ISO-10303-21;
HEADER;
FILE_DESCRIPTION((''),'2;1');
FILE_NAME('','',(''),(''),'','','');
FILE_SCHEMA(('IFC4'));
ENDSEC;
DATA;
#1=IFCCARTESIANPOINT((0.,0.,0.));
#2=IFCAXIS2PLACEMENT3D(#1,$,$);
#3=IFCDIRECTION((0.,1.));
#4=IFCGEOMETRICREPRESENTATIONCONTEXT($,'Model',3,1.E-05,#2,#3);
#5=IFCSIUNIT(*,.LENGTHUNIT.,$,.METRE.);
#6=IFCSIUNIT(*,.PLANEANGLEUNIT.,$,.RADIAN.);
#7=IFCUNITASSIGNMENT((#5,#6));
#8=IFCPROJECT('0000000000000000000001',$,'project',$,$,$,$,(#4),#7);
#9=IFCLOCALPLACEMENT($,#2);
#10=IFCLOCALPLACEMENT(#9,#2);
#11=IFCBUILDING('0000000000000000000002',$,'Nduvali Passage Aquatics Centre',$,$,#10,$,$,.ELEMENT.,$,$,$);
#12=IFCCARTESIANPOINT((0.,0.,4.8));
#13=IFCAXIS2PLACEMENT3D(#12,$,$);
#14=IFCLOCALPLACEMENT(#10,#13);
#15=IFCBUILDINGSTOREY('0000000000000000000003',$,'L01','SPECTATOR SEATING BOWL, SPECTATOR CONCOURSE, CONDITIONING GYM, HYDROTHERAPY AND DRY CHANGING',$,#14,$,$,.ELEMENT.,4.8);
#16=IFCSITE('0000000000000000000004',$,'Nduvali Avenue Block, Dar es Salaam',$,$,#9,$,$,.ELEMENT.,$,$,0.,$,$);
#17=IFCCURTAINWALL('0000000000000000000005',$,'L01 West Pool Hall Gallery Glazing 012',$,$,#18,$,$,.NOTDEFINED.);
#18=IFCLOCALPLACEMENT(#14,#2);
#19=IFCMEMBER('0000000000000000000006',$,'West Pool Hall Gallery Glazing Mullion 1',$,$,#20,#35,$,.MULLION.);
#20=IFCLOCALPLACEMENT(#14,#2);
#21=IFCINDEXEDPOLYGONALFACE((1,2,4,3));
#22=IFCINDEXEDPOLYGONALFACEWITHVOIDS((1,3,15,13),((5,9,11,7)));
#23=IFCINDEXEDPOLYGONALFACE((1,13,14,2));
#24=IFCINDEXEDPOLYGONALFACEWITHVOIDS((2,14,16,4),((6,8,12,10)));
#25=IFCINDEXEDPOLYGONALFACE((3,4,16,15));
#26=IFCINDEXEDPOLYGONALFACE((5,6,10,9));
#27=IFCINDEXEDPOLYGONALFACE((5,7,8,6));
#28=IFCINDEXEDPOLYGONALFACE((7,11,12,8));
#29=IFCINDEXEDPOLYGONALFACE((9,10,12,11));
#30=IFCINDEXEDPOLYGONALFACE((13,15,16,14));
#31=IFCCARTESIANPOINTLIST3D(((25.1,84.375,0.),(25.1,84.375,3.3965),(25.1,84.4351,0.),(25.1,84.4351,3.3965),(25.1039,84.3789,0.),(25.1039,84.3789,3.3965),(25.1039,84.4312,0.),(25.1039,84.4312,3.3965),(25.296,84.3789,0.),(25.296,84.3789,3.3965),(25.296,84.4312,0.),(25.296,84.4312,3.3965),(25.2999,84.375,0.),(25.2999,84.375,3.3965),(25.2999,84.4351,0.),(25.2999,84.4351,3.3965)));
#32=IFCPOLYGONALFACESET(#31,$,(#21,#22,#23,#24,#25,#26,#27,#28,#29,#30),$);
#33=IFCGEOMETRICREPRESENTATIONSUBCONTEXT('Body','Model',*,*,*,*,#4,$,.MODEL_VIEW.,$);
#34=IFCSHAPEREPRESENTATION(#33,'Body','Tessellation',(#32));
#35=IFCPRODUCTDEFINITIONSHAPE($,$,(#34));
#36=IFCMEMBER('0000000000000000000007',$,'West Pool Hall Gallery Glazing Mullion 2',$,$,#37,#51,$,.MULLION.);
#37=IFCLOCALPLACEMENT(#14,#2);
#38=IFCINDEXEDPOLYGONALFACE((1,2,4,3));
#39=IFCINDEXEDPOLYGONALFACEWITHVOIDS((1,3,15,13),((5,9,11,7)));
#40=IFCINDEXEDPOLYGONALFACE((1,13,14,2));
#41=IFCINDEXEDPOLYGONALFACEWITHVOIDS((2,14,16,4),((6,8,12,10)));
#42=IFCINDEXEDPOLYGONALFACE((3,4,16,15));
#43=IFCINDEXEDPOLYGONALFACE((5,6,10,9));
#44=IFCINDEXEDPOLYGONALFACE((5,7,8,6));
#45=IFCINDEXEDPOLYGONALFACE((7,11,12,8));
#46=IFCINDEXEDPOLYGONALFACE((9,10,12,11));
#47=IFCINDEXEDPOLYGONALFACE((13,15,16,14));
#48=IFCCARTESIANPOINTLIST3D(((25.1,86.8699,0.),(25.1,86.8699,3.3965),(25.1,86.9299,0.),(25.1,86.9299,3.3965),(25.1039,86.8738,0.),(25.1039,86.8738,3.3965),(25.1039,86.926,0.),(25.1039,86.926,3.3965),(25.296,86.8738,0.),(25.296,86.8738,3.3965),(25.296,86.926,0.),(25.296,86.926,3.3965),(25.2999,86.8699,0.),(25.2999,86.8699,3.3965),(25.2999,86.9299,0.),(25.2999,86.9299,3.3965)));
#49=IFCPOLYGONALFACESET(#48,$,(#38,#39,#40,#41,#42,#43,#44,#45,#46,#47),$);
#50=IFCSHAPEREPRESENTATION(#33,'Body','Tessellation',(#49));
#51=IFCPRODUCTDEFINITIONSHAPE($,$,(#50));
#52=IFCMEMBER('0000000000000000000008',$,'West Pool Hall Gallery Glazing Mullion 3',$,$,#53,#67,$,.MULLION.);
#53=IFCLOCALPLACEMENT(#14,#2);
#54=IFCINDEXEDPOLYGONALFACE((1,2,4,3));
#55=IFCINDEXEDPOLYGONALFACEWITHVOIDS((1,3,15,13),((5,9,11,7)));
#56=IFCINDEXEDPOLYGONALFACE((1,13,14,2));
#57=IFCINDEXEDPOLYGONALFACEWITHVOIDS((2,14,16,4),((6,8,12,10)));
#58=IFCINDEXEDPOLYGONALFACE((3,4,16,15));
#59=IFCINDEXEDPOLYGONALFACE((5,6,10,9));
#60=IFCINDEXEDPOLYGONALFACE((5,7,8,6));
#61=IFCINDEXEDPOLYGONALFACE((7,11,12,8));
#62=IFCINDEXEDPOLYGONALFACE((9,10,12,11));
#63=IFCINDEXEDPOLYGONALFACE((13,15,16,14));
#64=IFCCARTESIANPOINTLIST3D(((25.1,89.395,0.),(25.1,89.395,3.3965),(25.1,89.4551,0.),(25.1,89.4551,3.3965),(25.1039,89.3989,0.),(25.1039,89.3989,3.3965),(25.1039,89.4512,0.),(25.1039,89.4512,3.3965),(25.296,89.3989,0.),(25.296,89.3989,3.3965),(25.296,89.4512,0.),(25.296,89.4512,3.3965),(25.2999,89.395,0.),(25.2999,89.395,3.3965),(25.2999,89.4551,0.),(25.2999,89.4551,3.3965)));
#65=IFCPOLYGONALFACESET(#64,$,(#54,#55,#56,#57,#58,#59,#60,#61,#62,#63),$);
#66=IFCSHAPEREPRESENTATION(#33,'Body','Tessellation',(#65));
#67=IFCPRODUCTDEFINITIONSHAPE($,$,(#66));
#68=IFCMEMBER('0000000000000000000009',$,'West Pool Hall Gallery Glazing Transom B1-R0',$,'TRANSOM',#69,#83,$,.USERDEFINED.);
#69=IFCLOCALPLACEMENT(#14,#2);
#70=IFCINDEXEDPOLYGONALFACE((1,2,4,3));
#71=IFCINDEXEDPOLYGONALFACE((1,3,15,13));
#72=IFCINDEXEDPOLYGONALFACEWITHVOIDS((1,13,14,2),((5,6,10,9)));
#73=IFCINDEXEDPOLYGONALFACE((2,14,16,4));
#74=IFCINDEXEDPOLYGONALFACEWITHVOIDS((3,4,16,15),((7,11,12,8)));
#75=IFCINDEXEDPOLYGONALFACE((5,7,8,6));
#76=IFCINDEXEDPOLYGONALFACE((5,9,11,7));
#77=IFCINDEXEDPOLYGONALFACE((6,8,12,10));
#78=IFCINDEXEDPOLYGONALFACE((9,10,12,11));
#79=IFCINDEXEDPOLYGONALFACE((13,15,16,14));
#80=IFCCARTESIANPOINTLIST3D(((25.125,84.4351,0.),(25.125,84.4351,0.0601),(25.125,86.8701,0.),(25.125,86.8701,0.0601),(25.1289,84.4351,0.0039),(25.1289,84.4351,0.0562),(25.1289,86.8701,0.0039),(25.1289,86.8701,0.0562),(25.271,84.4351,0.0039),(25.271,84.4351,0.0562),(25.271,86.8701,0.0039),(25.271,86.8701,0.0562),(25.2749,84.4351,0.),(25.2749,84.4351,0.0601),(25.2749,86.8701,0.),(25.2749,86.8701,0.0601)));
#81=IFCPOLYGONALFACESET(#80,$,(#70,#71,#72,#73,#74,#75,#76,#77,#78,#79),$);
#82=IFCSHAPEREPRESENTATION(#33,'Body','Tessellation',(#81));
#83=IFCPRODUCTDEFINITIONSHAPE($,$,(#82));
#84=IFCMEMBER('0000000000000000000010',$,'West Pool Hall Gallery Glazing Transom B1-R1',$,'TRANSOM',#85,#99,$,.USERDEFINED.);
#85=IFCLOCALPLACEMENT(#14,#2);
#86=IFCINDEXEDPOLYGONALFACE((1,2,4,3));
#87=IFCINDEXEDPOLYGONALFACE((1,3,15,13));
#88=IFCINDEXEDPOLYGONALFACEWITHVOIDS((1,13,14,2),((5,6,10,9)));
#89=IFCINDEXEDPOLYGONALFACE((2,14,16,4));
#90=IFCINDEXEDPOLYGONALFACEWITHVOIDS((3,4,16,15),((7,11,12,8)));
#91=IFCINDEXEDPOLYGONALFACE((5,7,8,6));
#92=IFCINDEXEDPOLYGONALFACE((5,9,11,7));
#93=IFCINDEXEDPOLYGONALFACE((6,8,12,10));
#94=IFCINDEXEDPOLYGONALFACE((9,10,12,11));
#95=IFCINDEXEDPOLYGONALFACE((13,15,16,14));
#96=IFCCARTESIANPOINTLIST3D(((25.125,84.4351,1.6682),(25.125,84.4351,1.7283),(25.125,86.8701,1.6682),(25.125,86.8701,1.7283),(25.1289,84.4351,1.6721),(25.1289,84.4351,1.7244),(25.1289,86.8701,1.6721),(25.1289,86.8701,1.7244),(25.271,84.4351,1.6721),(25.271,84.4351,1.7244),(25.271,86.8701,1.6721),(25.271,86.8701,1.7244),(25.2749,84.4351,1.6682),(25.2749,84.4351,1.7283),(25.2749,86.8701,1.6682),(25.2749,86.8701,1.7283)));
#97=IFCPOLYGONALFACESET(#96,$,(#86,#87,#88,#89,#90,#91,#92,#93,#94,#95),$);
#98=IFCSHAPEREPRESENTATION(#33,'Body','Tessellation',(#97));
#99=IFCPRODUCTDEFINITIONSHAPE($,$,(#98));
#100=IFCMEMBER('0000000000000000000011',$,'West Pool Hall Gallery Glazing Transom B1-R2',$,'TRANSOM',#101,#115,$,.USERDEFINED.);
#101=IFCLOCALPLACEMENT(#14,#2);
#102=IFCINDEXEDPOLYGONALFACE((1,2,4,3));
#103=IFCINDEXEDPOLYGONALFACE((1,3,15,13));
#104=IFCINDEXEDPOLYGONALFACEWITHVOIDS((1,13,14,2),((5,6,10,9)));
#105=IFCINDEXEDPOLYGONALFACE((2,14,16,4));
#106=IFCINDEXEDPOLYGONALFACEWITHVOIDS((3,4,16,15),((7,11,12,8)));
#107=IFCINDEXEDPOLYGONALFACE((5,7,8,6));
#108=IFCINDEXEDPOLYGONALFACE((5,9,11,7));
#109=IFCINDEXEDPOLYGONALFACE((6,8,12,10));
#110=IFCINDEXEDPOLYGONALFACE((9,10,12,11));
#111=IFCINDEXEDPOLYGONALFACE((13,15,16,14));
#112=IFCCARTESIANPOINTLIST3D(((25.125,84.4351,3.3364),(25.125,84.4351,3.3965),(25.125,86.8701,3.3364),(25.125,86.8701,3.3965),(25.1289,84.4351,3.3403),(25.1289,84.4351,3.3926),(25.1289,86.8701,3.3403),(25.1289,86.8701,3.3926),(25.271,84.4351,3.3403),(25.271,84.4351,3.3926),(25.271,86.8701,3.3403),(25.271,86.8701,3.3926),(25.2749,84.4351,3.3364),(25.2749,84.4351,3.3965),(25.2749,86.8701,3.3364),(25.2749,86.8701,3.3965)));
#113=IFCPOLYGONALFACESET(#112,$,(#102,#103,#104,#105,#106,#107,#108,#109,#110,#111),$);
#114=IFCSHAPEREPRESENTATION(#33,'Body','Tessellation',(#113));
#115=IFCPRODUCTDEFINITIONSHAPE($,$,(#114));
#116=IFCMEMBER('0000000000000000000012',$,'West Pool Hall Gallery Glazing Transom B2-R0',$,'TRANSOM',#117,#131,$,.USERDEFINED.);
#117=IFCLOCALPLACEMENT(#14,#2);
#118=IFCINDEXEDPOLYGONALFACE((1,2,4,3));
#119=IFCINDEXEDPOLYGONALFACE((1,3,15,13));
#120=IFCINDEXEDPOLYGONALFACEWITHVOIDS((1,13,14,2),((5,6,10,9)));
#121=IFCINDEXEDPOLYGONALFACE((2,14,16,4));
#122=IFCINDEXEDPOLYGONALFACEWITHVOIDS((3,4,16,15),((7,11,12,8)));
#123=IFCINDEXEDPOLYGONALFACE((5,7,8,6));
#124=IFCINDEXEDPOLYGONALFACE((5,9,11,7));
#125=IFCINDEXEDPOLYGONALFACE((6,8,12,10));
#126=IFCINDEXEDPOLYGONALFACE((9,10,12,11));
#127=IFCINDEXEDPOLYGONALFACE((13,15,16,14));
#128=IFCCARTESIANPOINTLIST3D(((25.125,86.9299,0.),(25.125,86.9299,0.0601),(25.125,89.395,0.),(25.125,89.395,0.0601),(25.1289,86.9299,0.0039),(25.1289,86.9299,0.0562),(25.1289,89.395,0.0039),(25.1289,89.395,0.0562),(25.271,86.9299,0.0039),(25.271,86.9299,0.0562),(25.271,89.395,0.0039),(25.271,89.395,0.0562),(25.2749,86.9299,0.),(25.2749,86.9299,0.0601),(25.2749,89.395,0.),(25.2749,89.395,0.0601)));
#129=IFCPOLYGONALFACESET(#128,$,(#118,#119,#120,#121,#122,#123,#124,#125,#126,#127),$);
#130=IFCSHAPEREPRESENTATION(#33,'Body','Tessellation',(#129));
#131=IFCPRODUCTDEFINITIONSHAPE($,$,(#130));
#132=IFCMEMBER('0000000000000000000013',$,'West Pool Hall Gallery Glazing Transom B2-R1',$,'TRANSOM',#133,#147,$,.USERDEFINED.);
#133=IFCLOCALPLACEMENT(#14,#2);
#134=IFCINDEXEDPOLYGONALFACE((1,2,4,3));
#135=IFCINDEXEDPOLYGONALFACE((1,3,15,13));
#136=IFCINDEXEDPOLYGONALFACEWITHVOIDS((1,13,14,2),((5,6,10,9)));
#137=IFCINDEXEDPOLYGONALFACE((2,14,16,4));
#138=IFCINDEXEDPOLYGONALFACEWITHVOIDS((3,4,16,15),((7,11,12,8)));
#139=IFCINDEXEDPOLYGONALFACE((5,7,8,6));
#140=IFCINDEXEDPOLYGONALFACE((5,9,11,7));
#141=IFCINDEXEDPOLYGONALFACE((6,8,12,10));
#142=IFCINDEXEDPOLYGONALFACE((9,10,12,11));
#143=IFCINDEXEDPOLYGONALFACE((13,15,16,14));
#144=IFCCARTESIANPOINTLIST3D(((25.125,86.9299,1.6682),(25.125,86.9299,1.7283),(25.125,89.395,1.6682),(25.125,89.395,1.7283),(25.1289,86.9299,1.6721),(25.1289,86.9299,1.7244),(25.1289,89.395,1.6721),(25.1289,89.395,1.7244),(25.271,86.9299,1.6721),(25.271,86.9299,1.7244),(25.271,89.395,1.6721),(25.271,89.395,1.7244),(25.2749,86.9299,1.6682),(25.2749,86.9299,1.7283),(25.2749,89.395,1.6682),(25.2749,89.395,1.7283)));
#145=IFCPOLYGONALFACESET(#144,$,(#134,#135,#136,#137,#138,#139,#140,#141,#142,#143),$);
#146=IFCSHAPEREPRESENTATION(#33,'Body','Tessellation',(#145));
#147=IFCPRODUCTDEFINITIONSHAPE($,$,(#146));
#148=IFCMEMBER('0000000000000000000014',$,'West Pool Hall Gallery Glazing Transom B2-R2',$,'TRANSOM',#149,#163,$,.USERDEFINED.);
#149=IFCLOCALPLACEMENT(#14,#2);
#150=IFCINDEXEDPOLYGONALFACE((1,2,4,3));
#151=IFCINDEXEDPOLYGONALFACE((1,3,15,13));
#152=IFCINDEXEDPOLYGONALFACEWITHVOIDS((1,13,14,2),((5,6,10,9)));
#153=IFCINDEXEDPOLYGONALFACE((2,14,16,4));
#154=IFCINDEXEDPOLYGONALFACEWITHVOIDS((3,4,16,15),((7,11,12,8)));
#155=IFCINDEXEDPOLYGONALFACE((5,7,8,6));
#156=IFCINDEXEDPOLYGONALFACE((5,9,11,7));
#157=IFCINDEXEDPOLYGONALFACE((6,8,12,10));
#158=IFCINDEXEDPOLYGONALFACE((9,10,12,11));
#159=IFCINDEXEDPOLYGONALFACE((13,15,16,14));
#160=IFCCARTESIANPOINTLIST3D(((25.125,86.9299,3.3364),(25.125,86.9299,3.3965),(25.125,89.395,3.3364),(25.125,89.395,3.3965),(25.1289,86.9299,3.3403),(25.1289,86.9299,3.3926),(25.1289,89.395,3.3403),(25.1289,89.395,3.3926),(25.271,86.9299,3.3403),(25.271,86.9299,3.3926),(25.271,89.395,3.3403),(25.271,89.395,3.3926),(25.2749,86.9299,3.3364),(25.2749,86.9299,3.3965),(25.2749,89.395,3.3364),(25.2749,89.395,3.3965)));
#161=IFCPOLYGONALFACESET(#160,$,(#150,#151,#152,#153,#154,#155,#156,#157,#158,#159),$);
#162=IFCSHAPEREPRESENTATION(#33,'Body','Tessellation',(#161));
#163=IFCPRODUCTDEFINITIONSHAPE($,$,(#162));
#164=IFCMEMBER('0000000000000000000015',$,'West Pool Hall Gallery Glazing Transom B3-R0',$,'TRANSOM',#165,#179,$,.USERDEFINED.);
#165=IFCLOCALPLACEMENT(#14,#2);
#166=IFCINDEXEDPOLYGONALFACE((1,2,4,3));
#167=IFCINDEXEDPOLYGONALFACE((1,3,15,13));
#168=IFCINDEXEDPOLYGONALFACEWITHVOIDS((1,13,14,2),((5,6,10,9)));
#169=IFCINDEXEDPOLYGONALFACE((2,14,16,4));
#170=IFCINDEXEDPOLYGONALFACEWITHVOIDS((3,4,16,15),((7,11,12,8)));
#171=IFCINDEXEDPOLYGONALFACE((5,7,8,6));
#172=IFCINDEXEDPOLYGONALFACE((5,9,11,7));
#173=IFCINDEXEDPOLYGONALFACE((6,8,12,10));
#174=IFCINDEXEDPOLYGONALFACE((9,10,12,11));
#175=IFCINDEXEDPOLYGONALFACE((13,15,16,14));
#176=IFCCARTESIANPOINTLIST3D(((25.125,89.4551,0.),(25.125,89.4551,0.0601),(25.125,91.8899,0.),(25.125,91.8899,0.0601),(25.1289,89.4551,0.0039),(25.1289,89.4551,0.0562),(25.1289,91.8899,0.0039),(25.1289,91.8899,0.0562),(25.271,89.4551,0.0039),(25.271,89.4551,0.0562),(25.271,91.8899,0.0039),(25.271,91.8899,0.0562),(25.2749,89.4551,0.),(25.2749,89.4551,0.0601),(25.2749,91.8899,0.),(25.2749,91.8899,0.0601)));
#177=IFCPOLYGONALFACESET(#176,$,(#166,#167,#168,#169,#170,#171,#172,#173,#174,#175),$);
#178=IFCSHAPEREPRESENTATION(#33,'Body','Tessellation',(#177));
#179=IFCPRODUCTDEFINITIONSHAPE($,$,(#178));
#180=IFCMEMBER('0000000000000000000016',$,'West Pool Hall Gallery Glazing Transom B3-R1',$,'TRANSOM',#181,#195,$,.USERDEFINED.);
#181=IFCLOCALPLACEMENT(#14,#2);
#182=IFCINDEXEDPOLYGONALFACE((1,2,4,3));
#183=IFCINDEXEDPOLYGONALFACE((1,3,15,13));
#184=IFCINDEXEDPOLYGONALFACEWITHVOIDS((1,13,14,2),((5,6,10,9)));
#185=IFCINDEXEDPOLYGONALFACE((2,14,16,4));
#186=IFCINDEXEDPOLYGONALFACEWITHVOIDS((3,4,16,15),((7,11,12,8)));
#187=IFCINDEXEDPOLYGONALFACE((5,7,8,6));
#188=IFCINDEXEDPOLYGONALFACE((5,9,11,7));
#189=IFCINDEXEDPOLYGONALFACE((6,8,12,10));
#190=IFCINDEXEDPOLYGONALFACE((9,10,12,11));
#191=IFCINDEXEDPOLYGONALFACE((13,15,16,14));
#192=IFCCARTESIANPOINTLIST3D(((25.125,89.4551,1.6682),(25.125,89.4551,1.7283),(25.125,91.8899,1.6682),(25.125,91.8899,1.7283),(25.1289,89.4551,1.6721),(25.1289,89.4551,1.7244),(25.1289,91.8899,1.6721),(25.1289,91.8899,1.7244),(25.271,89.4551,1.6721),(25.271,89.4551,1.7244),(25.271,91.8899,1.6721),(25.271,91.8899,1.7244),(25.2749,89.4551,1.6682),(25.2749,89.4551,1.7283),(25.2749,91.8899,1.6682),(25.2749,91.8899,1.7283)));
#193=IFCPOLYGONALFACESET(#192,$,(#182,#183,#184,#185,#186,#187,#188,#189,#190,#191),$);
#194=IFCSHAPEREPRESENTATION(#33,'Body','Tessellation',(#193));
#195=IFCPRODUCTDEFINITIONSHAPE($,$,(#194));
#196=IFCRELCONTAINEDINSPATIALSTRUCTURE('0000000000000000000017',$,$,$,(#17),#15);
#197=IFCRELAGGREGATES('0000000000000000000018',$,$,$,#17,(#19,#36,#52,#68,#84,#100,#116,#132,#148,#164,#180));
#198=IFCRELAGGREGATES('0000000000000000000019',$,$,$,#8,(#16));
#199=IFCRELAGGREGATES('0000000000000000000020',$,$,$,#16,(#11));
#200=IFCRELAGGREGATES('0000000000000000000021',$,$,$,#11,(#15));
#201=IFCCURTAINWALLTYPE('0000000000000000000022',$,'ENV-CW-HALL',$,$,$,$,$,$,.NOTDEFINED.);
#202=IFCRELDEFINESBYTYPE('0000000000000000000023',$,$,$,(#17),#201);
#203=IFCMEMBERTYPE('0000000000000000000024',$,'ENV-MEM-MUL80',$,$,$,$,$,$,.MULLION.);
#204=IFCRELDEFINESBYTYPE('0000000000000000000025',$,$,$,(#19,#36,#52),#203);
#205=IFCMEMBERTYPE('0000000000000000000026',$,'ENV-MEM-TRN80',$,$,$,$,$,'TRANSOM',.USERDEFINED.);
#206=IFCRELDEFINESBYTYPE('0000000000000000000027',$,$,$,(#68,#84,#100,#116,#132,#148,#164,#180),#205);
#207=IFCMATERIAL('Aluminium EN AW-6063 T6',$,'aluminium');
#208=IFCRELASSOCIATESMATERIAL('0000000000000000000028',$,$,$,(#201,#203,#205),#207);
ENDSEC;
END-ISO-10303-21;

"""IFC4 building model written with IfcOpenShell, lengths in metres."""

from ifc_helpers import new_model, si_unit, direction, frame, origin, origin_2d, place, context, subcontext, project, spatial, hollow_rectangle, extrude, material, material_profile, profile_set, type_object, element, aggregate, save


model = new_model("IFC4")

# Units and contexts
model_context = context("Model", 3, precision=1e-05, world=origin(), true_north=direction((0.0, 1.0)))
body_context = subcontext(model_context, "Body", "Model", "MODEL_VIEW")
ifc_project = project(units=[si_unit("LENGTHUNIT", "METRE"), si_unit("PLANEANGLEUNIT", "RADIAN")], contexts=[model_context])

# Site, building, storey
site_placement = place(None, origin())
site = spatial("IfcSite", under=ifc_project, at=site_placement, Name="Nduvali Avenue Block, Dar es Salaam", CompositionType="ELEMENT", RefElevation=0.0)
building_placement = place(site_placement, origin())
building = spatial("IfcBuilding", under=site, at=building_placement, Name="Nduvali Passage Aquatics Centre", CompositionType="ELEMENT")
storey_placement = place(building_placement, frame((0.0, 0.0, 4.8)))
storey = spatial("IfcBuildingStorey", under=building, at=storey_placement, Name="L01", Description="SPECTATOR SEATING BOWL, SPECTATOR CONCOURSE, CONDITIONING GYM, HYDROTHERAPY AND DRY CHANGING", CompositionType="ELEMENT", Elevation=4.8)

# Curtain wall, members
ifc_material_1 = material(Name="Aluminium EN AW-6063 T6", Category="aluminium")
curtain_wall_type = type_object("IfcCurtainWallType", Name="ENV-CW-HALL", PredefinedType="NOTDEFINED", material=ifc_material_1)
curtain_wall_placement = place(storey_placement, origin())
curtain_wall = element("IfcCurtainWall", 1, at=curtain_wall_placement, inside=storey, type_object=curtain_wall_type, Name="L01 West Pool Hall Gallery Glazing 012", PredefinedType="NOTDEFINED")
ifc_material_profile_1 = material_profile(ifc_material_1, hollow_rectangle(XDim=0.0601, YDim=0.2, WallThickness=0.0039, at=origin_2d()), Name="ALU MULLION 60x200x4")
ifc_profile_set_1 = profile_set([ifc_material_profile_1], Name="Aluminium EN AW-6063 T6")
member_type_1 = type_object("IfcMemberType", Name="ENV-MEM-MUL80", PredefinedType="MULLION", material=ifc_profile_set_1)
member_1_placement = place(storey_placement, frame((25.2, 84.405, 0.0), z_axis=(0.0, 0.0, 1.0), x_axis=(0.0, 1.0, 0.0)))
member_1 = element("IfcMember", 2, at=member_1_placement, type_object=member_type_1, Name="West Pool Hall Gallery Glazing Mullion 1", PredefinedType="MULLION", context=body_context, shape_type="SweptSolid", body=[
    extrude(hollow_rectangle(XDim=0.0601, YDim=0.2, WallThickness=0.0039, at=origin_2d()), origin(), (0.0, 0.0, 1.0), 3.3965),
])
member_2_placement = place(storey_placement, frame((25.2, 86.8999, 0.0), z_axis=(0.0, 0.0, 1.0), x_axis=(0.0, 1.0, 0.0)))
member_2 = element("IfcMember", 3, at=member_2_placement, type_object=member_type_1, Name="West Pool Hall Gallery Glazing Mullion 2", PredefinedType="MULLION", context=body_context, shape_type="SweptSolid", body=[
    extrude(hollow_rectangle(XDim=0.0601, YDim=0.2, WallThickness=0.0039, at=origin_2d()), origin(), (0.0, 0.0, 1.0), 3.3965),
])
member_3_placement = place(storey_placement, frame((25.2, 89.425, 0.0), z_axis=(0.0, 0.0, 1.0), x_axis=(0.0, 1.0, 0.0)))
member_3 = element("IfcMember", 4, at=member_3_placement, type_object=member_type_1, Name="West Pool Hall Gallery Glazing Mullion 3", PredefinedType="MULLION", context=body_context, shape_type="SweptSolid", body=[
    extrude(hollow_rectangle(XDim=0.0601, YDim=0.2, WallThickness=0.0039, at=origin_2d()), origin(), (0.0, 0.0, 1.0), 3.3965),
])
ifc_material_profile_2 = material_profile(ifc_material_1, hollow_rectangle(XDim=0.1499, YDim=0.0601, WallThickness=0.0039, at=origin_2d()), Name="ALU TRANSOM 150x60x4")
ifc_profile_set_2 = profile_set([ifc_material_profile_2], Name="Aluminium EN AW-6063 T6")
member_type_2 = type_object("IfcMemberType", Name="ENV-MEM-TRN80", ElementType="TRANSOM", PredefinedType="USERDEFINED", material=ifc_profile_set_2)
member_4_placement = place(storey_placement, frame((25.2, 84.4351, 0.03), z_axis=(0.0, 1.0, 0.0), x_axis=(-1.0, 0.0, 0.0)))
member_4 = element("IfcMember", 5, at=member_4_placement, type_object=member_type_2, Name="West Pool Hall Gallery Glazing Transom B1-R0", ObjectType="TRANSOM", PredefinedType="USERDEFINED", context=body_context, shape_type="SweptSolid", body=[
    extrude(hollow_rectangle(XDim=0.1499, YDim=0.0601, WallThickness=0.0039, at=origin_2d()), origin(), (0.0, 0.0, 1.0), 2.4351),
])
member_5_placement = place(storey_placement, frame((25.2, 84.4351, 1.6982), z_axis=(0.0, 1.0, 0.0), x_axis=(-1.0, 0.0, 0.0)))
member_5 = element("IfcMember", 6, at=member_5_placement, type_object=member_type_2, Name="West Pool Hall Gallery Glazing Transom B1-R1", ObjectType="TRANSOM", PredefinedType="USERDEFINED", context=body_context, shape_type="SweptSolid", body=[
    extrude(hollow_rectangle(XDim=0.1499, YDim=0.0601, WallThickness=0.0039, at=origin_2d()), origin(), (0.0, 0.0, 1.0), 2.4351),
])
member_6_placement = place(storey_placement, frame((25.2, 84.4351, 3.3665), z_axis=(0.0, 1.0, 0.0), x_axis=(-1.0, 0.0, 0.0)))
member_6 = element("IfcMember", 7, at=member_6_placement, type_object=member_type_2, Name="West Pool Hall Gallery Glazing Transom B1-R2", ObjectType="TRANSOM", PredefinedType="USERDEFINED", context=body_context, shape_type="SweptSolid", body=[
    extrude(hollow_rectangle(XDim=0.1499, YDim=0.0601, WallThickness=0.0039, at=origin_2d()), origin(), (0.0, 0.0, 1.0), 2.4351),
])
member_7_placement = place(storey_placement, frame((25.2, 86.9299, 0.03), z_axis=(0.0, 1.0, 0.0), x_axis=(-1.0, 0.0, 0.0)))
member_7 = element("IfcMember", 8, at=member_7_placement, type_object=member_type_2, Name="West Pool Hall Gallery Glazing Transom B2-R0", ObjectType="TRANSOM", PredefinedType="USERDEFINED", context=body_context, shape_type="SweptSolid", body=[
    extrude(hollow_rectangle(XDim=0.1499, YDim=0.0601, WallThickness=0.0039, at=origin_2d()), origin(), (0.0, 0.0, 1.0), 2.4651),
])
member_8_placement = place(storey_placement, frame((25.2, 86.9299, 1.6982), z_axis=(0.0, 1.0, 0.0), x_axis=(-1.0, 0.0, 0.0)))
member_8 = element("IfcMember", 9, at=member_8_placement, type_object=member_type_2, Name="West Pool Hall Gallery Glazing Transom B2-R1", ObjectType="TRANSOM", PredefinedType="USERDEFINED", context=body_context, shape_type="SweptSolid", body=[
    extrude(hollow_rectangle(XDim=0.1499, YDim=0.0601, WallThickness=0.0039, at=origin_2d()), origin(), (0.0, 0.0, 1.0), 2.4651),
])
member_9_placement = place(storey_placement, frame((25.2, 86.9299, 3.3665), z_axis=(0.0, 1.0, 0.0), x_axis=(-1.0, 0.0, 0.0)))
member_9 = element("IfcMember", 10, at=member_9_placement, type_object=member_type_2, Name="West Pool Hall Gallery Glazing Transom B2-R2", ObjectType="TRANSOM", PredefinedType="USERDEFINED", context=body_context, shape_type="SweptSolid", body=[
    extrude(hollow_rectangle(XDim=0.1499, YDim=0.0601, WallThickness=0.0039, at=origin_2d()), origin(), (0.0, 0.0, 1.0), 2.4651),
])
member_10_placement = place(storey_placement, frame((25.2, 89.4551, 0.03), z_axis=(0.0, 1.0, 0.0), x_axis=(-1.0, 0.0, 0.0)))
member_10 = element("IfcMember", 11, at=member_10_placement, type_object=member_type_2, Name="West Pool Hall Gallery Glazing Transom B3-R0", ObjectType="TRANSOM", PredefinedType="USERDEFINED", context=body_context, shape_type="SweptSolid", body=[
    extrude(hollow_rectangle(XDim=0.1499, YDim=0.0601, WallThickness=0.0039, at=origin_2d()), origin(), (0.0, 0.0, 1.0), 2.4348),
])
member_11_placement = place(storey_placement, frame((25.2, 89.4551, 1.6982), z_axis=(0.0, 1.0, 0.0), x_axis=(-1.0, 0.0, 0.0)))
member_11 = element("IfcMember", 12, at=member_11_placement, type_object=member_type_2, Name="West Pool Hall Gallery Glazing Transom B3-R1", ObjectType="TRANSOM", PredefinedType="USERDEFINED", context=body_context, shape_type="SweptSolid", body=[
    extrude(hollow_rectangle(XDim=0.1499, YDim=0.0601, WallThickness=0.0039, at=origin_2d()), origin(), (0.0, 0.0, 1.0), 2.4348),
])

aggregate(curtain_wall, [member_1, member_2, member_3, member_4, member_5, member_6, member_7, member_8, member_9, member_10, member_11])

save(model, "model.ifc")
